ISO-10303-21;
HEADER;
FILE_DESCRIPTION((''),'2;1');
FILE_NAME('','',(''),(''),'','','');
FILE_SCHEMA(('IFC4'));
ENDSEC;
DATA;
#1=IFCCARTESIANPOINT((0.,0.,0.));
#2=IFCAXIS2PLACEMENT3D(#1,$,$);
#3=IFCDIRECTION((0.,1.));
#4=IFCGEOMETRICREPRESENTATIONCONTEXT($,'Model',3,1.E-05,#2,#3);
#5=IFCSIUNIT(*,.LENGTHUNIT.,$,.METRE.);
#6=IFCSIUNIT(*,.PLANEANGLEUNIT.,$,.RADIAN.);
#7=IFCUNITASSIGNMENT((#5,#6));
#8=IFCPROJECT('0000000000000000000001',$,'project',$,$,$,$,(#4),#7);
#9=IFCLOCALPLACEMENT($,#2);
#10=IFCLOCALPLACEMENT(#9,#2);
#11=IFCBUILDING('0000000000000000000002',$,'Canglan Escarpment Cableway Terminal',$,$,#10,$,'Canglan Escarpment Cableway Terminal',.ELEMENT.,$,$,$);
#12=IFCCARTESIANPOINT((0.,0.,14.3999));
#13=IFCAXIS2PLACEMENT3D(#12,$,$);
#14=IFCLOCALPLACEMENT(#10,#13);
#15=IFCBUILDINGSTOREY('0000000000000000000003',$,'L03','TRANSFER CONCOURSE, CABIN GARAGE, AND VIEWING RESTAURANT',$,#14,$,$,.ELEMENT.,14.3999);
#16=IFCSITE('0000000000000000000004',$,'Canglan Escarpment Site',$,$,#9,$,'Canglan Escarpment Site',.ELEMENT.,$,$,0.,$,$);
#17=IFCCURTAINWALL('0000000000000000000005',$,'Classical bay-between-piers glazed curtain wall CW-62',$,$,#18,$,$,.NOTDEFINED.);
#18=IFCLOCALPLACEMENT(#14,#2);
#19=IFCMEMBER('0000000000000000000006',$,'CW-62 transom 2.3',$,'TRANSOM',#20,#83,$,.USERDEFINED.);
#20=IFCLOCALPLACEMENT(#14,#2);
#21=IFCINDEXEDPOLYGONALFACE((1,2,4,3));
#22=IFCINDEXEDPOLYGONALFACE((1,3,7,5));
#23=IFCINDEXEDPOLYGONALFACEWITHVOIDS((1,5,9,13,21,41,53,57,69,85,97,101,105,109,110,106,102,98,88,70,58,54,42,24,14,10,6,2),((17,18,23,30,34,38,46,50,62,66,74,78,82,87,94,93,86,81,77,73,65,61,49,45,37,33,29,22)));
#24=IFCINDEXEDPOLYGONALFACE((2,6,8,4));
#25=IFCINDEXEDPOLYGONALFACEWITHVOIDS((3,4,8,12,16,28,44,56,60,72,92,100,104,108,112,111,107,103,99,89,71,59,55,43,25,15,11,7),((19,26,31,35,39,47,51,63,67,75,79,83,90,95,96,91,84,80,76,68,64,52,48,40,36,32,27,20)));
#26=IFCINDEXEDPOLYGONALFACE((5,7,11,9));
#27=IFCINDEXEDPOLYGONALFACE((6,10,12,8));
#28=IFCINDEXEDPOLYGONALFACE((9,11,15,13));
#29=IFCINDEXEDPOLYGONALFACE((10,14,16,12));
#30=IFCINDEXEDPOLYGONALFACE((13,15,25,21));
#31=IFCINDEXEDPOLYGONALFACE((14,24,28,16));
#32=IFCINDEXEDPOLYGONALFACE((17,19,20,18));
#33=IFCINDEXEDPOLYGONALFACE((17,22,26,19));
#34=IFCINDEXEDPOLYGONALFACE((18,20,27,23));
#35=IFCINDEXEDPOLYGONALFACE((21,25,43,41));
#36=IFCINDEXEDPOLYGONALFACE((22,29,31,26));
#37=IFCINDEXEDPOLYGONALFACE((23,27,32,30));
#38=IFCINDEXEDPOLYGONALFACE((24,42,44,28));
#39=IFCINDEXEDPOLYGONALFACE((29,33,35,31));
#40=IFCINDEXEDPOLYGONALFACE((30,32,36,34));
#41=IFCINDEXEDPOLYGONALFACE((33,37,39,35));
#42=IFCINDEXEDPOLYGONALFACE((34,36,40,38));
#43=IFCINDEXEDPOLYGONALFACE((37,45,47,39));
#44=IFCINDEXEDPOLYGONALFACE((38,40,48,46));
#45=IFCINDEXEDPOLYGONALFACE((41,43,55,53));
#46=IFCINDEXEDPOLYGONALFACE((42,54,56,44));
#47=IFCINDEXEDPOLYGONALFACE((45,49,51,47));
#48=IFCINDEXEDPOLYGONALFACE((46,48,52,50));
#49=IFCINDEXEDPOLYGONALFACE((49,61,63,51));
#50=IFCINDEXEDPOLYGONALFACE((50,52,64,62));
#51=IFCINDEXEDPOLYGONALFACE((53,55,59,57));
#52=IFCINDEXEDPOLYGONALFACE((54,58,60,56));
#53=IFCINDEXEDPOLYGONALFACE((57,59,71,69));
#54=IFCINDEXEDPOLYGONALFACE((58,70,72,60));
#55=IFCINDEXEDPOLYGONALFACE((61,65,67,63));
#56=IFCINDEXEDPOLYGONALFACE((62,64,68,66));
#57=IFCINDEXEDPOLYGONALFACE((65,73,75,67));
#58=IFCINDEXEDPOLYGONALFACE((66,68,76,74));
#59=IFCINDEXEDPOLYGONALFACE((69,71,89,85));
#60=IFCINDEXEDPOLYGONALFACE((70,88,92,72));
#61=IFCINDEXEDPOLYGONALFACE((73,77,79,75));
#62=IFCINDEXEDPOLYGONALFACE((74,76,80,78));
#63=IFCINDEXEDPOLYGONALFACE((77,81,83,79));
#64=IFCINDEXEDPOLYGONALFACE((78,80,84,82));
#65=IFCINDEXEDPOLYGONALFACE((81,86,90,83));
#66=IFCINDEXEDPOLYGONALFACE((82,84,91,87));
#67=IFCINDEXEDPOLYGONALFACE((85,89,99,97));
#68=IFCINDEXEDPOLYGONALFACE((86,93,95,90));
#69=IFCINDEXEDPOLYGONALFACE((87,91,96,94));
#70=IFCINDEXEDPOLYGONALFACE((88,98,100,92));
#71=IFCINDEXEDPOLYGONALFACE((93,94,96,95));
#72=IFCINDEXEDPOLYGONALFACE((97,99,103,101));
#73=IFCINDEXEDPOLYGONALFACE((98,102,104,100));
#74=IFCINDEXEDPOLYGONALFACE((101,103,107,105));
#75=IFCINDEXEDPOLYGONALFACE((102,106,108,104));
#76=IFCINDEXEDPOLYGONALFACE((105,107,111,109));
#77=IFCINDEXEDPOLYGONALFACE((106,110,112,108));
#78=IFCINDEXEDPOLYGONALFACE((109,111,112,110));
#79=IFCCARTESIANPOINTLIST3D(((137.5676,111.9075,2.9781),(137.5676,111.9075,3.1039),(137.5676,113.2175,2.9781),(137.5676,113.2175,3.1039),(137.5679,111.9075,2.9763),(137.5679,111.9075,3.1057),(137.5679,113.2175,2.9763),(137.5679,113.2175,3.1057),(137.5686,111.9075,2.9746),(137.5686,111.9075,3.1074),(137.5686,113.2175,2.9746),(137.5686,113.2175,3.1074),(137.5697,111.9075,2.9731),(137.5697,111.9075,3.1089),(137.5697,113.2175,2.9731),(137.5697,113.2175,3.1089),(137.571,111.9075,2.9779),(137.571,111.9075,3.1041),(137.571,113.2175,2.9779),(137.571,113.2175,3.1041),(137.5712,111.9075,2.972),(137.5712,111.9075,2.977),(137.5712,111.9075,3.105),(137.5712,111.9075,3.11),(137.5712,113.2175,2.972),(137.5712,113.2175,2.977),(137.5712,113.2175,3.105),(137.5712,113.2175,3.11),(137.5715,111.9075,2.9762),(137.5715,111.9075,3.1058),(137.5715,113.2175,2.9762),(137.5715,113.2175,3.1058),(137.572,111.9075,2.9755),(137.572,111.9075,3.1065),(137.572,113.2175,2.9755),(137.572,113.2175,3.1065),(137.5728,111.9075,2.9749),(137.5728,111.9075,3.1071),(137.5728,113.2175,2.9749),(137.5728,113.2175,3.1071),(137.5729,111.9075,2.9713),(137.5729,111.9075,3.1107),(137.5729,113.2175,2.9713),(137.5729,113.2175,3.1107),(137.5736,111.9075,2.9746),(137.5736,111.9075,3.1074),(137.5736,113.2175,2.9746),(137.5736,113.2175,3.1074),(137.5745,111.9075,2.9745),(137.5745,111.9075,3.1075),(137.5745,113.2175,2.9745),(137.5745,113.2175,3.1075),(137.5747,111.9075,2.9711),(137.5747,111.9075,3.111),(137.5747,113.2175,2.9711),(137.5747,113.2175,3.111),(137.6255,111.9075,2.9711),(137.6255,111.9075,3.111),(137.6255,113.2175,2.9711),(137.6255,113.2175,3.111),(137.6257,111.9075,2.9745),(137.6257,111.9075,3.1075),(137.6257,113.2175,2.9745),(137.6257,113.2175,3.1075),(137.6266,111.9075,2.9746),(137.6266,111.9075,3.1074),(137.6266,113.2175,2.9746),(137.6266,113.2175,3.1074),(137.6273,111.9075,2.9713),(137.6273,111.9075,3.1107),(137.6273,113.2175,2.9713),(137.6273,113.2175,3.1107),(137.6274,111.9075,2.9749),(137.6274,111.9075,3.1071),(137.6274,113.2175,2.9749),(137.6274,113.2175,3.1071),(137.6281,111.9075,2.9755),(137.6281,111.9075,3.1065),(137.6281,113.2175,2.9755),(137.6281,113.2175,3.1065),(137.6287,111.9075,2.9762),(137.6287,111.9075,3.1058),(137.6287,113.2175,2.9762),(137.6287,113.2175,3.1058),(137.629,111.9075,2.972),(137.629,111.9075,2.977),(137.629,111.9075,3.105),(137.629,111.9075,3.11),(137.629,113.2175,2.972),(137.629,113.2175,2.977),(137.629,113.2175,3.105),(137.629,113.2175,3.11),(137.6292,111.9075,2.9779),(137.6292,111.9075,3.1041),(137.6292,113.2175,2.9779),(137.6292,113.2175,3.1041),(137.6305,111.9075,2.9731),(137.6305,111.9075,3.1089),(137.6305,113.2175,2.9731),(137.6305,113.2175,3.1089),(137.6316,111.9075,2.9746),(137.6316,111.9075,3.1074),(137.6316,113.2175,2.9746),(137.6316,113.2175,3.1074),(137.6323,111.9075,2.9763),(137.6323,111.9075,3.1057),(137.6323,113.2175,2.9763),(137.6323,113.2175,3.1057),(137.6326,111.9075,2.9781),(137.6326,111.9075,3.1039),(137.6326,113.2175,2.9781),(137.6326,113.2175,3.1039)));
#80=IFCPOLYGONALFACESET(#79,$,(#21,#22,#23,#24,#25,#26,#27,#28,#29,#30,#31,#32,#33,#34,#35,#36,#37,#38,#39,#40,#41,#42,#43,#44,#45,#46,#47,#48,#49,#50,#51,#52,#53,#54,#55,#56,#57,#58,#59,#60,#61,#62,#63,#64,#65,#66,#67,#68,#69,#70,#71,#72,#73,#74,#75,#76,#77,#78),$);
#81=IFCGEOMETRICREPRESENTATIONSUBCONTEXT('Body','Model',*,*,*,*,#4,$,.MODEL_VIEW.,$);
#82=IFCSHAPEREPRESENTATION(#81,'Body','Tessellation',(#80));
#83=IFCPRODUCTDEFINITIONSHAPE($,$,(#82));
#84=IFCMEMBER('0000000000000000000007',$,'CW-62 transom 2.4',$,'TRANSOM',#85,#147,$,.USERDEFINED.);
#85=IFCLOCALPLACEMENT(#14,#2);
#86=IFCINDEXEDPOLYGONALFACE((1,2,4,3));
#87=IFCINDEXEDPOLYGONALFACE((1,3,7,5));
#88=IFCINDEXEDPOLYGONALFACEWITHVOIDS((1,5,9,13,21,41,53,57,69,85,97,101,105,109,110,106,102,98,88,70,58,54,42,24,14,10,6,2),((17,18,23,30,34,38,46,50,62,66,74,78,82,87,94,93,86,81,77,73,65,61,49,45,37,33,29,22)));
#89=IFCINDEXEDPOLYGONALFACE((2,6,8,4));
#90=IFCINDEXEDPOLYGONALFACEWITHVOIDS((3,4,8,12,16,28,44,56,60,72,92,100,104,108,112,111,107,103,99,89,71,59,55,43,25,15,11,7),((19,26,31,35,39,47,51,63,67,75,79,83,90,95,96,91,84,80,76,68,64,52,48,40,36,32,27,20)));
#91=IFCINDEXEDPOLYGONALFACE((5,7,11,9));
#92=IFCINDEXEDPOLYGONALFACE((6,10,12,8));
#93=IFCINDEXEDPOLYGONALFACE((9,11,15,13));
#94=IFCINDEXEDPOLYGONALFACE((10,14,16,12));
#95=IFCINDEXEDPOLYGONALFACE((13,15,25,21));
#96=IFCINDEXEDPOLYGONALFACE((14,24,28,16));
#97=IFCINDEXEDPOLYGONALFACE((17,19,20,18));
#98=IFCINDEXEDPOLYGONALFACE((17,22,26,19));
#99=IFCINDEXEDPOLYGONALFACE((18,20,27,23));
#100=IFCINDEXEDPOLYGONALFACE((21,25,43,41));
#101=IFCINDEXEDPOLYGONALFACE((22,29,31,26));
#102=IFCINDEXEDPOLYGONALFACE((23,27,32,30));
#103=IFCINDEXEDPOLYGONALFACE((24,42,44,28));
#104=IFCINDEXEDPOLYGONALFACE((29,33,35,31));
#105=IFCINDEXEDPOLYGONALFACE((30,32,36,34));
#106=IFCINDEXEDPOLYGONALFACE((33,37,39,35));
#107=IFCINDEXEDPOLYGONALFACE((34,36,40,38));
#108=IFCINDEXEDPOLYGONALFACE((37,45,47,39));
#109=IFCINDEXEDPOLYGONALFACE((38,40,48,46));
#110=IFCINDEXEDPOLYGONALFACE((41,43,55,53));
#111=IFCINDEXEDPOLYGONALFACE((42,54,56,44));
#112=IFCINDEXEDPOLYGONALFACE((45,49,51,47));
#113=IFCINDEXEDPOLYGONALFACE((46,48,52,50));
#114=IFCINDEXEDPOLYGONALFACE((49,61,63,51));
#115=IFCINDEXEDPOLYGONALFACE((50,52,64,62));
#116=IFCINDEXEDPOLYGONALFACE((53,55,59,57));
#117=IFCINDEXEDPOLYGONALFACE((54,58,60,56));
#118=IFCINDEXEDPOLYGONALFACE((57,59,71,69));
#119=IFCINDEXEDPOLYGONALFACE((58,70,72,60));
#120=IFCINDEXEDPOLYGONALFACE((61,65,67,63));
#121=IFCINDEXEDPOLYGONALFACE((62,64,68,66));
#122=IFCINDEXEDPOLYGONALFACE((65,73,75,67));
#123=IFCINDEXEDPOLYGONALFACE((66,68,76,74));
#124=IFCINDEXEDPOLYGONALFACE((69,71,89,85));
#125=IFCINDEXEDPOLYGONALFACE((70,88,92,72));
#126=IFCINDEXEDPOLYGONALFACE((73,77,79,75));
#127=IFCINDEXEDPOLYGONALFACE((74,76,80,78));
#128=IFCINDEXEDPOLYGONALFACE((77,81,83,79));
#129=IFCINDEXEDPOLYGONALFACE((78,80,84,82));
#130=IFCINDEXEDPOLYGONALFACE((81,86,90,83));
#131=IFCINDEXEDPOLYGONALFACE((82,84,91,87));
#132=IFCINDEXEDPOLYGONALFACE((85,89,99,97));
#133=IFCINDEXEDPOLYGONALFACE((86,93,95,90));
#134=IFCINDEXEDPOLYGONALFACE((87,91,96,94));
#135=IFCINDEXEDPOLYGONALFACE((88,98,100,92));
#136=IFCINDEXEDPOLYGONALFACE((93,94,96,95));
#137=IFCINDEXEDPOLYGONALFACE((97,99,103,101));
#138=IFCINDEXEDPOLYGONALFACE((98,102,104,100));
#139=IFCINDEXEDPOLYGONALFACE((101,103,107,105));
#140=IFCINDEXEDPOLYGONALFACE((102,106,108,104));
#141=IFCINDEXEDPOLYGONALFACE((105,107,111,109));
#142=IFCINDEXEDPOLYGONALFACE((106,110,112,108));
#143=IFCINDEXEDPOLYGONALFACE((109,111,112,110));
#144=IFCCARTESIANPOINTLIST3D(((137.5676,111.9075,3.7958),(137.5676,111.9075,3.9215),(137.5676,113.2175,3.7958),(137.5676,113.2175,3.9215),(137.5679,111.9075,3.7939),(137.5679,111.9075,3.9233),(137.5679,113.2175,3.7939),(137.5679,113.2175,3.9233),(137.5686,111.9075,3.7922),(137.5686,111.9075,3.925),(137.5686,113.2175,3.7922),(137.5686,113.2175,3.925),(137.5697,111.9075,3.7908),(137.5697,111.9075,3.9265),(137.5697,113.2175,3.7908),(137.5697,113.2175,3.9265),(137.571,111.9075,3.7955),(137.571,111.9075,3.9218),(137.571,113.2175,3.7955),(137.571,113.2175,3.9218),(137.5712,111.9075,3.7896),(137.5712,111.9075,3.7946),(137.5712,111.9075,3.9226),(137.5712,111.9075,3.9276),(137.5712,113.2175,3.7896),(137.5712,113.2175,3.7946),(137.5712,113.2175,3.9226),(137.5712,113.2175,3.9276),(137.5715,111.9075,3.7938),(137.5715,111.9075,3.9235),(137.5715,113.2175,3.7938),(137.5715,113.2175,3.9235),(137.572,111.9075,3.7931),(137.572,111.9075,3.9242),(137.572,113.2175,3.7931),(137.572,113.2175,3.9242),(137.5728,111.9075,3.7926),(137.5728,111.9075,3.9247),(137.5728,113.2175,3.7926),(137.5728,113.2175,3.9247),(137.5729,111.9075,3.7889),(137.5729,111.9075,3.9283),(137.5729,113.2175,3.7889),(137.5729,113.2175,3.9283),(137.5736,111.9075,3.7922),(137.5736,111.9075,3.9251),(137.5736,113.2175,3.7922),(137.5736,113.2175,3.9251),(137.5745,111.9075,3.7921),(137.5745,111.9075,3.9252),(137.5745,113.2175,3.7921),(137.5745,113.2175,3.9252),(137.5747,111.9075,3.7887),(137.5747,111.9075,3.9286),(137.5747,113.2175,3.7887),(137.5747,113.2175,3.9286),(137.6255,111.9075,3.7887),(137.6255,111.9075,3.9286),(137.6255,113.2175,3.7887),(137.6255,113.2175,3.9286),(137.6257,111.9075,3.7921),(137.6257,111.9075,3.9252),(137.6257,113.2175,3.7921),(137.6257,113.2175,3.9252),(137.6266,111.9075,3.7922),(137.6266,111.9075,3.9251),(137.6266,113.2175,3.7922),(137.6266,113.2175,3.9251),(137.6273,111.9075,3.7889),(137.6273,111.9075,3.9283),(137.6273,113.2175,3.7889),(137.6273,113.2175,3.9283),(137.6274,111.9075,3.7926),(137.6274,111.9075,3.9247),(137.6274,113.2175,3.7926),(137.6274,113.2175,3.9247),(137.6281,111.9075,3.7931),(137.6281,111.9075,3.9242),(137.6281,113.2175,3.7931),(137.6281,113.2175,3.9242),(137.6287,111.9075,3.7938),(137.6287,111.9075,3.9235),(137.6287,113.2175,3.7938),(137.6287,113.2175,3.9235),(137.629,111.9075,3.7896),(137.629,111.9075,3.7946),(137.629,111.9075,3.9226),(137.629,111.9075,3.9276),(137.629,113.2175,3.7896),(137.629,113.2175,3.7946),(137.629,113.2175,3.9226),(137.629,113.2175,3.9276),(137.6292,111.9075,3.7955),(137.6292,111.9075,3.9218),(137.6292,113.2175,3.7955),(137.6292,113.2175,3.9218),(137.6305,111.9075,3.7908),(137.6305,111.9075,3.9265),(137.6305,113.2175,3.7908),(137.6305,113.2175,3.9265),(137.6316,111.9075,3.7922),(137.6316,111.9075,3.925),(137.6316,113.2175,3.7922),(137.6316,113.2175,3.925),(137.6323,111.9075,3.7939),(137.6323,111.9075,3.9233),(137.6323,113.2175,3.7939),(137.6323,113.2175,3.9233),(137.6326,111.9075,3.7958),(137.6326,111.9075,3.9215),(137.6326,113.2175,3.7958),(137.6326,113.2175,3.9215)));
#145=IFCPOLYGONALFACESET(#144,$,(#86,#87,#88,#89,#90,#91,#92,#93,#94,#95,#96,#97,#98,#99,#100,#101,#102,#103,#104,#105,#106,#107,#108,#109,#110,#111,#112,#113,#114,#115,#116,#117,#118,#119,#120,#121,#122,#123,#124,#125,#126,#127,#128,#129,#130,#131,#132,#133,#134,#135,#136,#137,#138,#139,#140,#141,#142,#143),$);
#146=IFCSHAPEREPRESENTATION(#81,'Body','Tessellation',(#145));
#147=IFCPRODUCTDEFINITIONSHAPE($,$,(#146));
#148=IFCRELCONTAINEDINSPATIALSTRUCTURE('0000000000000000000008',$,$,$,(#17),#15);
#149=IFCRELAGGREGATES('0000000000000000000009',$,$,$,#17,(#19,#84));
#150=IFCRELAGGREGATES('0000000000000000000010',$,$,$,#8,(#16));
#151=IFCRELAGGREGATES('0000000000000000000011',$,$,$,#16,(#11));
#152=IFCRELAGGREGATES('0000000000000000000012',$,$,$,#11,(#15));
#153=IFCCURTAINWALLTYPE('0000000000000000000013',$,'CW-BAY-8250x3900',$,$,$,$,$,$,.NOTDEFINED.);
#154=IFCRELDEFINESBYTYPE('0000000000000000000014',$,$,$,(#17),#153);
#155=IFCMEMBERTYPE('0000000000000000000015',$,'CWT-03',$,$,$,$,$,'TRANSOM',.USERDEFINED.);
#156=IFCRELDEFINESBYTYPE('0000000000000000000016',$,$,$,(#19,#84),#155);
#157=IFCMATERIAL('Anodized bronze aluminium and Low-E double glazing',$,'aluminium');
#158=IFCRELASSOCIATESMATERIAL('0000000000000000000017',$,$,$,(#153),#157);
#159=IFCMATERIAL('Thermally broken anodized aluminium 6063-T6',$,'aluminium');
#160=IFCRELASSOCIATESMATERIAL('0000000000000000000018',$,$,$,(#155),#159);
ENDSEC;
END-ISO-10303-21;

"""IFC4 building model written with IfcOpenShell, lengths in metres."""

from ifc_helpers import new_model, si_unit, direction, frame, origin, origin_2d, place, context, subcontext, project, spatial, hollow_rectangle, extrude, material, material_profile, profile_set, type_object, element, aggregate, save


model = new_model("IFC4")

# Units and contexts
model_context = context("Model", 3, precision=1e-05, world=origin(), true_north=direction((0.0, 1.0)))
body_context = subcontext(model_context, "Body", "Model", "MODEL_VIEW")
ifc_project = project(units=[si_unit("LENGTHUNIT", "METRE"), si_unit("PLANEANGLEUNIT", "RADIAN")], contexts=[model_context])

# Site, building, storey
site_placement = place(None, origin())
site = spatial("IfcSite", under=ifc_project, at=site_placement, Name="Canglan Escarpment Site", LongName="Canglan Escarpment Site", CompositionType="ELEMENT", RefElevation=0.0)
building_placement = place(site_placement, origin())
building = spatial("IfcBuilding", under=site, at=building_placement, Name="Canglan Escarpment Cableway Terminal", LongName="Canglan Escarpment Cableway Terminal", CompositionType="ELEMENT")
storey_placement = place(building_placement, frame((0.0, 0.0, 14.3999)))
storey = spatial("IfcBuildingStorey", under=building, at=storey_placement, Name="L03", Description="TRANSFER CONCOURSE, CABIN GARAGE, AND VIEWING RESTAURANT", CompositionType="ELEMENT", Elevation=14.3999)

# Curtain wall
ifc_material_1 = material(Name="Anodized bronze aluminium and Low-E double glazing", Category="aluminium")
curtain_wall_type_1 = type_object("IfcCurtainWallType", Name="CW-BAY-8250x3900", PredefinedType="NOTDEFINED", material=ifc_material_1)
curtain_wall_1_placement = place(storey_placement, origin())
curtain_wall_1 = element("IfcCurtainWall", 1, at=curtain_wall_1_placement, inside=storey, type_object=curtain_wall_type_1, Name="Classical bay-between-piers glazed curtain wall CW-62", PredefinedType="NOTDEFINED")
ifc_material_2 = material(Name="Thermally broken anodized aluminium 6063-T6", Category="aluminium")

# Members
ifc_material_profile_1 = material_profile(ifc_material_2, hollow_rectangle(XDim=0.0649, YDim=0.1399, WallThickness=0.0034, InnerFilletRadius=0.0034, OuterFilletRadius=0.0071, at=origin_2d()), Name="ALU-TRAN 65x140x3.5")
ifc_profile_set_1 = profile_set([ifc_material_profile_1], Name="Thermally broken anodized aluminium 6063-T6")
member_type_1 = type_object("IfcMemberType", Name="CWT-03", ElementType="TRANSOM", PredefinedType="USERDEFINED", material=ifc_profile_set_1)
member_1_placement = place(storey_placement, frame((137.6001, 113.2175, 3.041), z_axis=(0.0, -1.0, 0.0), x_axis=(1.0, 0.0, 0.0)))
member_1 = element("IfcMember", 2, at=member_1_placement, type_object=member_type_1, Name="CW-62 transom 2.3", ObjectType="TRANSOM", PredefinedType="USERDEFINED", context=body_context, shape_type="SweptSolid", body=[
    extrude(hollow_rectangle(XDim=0.0649, YDim=0.1399, WallThickness=0.0034, InnerFilletRadius=0.0034, OuterFilletRadius=0.0071, at=origin_2d()), origin(), (0.0, 0.0, 1.0), 1.3101),
])
member_2_placement = place(storey_placement, frame((137.6001, 113.2175, 3.8586), z_axis=(0.0, -1.0, 0.0), x_axis=(1.0, 0.0, 0.0)))
member_2 = element("IfcMember", 3, at=member_2_placement, type_object=member_type_1, Name="CW-62 transom 2.4", ObjectType="TRANSOM", PredefinedType="USERDEFINED", context=body_context, shape_type="SweptSolid", body=[
    extrude(hollow_rectangle(XDim=0.0649, YDim=0.1399, WallThickness=0.0034, InnerFilletRadius=0.0034, OuterFilletRadius=0.0071, at=origin_2d()), origin(), (0.0, 0.0, 1.0), 1.3101),
])

aggregate(curtain_wall_1, [member_1, member_2])

save(model, "model.ifc")
